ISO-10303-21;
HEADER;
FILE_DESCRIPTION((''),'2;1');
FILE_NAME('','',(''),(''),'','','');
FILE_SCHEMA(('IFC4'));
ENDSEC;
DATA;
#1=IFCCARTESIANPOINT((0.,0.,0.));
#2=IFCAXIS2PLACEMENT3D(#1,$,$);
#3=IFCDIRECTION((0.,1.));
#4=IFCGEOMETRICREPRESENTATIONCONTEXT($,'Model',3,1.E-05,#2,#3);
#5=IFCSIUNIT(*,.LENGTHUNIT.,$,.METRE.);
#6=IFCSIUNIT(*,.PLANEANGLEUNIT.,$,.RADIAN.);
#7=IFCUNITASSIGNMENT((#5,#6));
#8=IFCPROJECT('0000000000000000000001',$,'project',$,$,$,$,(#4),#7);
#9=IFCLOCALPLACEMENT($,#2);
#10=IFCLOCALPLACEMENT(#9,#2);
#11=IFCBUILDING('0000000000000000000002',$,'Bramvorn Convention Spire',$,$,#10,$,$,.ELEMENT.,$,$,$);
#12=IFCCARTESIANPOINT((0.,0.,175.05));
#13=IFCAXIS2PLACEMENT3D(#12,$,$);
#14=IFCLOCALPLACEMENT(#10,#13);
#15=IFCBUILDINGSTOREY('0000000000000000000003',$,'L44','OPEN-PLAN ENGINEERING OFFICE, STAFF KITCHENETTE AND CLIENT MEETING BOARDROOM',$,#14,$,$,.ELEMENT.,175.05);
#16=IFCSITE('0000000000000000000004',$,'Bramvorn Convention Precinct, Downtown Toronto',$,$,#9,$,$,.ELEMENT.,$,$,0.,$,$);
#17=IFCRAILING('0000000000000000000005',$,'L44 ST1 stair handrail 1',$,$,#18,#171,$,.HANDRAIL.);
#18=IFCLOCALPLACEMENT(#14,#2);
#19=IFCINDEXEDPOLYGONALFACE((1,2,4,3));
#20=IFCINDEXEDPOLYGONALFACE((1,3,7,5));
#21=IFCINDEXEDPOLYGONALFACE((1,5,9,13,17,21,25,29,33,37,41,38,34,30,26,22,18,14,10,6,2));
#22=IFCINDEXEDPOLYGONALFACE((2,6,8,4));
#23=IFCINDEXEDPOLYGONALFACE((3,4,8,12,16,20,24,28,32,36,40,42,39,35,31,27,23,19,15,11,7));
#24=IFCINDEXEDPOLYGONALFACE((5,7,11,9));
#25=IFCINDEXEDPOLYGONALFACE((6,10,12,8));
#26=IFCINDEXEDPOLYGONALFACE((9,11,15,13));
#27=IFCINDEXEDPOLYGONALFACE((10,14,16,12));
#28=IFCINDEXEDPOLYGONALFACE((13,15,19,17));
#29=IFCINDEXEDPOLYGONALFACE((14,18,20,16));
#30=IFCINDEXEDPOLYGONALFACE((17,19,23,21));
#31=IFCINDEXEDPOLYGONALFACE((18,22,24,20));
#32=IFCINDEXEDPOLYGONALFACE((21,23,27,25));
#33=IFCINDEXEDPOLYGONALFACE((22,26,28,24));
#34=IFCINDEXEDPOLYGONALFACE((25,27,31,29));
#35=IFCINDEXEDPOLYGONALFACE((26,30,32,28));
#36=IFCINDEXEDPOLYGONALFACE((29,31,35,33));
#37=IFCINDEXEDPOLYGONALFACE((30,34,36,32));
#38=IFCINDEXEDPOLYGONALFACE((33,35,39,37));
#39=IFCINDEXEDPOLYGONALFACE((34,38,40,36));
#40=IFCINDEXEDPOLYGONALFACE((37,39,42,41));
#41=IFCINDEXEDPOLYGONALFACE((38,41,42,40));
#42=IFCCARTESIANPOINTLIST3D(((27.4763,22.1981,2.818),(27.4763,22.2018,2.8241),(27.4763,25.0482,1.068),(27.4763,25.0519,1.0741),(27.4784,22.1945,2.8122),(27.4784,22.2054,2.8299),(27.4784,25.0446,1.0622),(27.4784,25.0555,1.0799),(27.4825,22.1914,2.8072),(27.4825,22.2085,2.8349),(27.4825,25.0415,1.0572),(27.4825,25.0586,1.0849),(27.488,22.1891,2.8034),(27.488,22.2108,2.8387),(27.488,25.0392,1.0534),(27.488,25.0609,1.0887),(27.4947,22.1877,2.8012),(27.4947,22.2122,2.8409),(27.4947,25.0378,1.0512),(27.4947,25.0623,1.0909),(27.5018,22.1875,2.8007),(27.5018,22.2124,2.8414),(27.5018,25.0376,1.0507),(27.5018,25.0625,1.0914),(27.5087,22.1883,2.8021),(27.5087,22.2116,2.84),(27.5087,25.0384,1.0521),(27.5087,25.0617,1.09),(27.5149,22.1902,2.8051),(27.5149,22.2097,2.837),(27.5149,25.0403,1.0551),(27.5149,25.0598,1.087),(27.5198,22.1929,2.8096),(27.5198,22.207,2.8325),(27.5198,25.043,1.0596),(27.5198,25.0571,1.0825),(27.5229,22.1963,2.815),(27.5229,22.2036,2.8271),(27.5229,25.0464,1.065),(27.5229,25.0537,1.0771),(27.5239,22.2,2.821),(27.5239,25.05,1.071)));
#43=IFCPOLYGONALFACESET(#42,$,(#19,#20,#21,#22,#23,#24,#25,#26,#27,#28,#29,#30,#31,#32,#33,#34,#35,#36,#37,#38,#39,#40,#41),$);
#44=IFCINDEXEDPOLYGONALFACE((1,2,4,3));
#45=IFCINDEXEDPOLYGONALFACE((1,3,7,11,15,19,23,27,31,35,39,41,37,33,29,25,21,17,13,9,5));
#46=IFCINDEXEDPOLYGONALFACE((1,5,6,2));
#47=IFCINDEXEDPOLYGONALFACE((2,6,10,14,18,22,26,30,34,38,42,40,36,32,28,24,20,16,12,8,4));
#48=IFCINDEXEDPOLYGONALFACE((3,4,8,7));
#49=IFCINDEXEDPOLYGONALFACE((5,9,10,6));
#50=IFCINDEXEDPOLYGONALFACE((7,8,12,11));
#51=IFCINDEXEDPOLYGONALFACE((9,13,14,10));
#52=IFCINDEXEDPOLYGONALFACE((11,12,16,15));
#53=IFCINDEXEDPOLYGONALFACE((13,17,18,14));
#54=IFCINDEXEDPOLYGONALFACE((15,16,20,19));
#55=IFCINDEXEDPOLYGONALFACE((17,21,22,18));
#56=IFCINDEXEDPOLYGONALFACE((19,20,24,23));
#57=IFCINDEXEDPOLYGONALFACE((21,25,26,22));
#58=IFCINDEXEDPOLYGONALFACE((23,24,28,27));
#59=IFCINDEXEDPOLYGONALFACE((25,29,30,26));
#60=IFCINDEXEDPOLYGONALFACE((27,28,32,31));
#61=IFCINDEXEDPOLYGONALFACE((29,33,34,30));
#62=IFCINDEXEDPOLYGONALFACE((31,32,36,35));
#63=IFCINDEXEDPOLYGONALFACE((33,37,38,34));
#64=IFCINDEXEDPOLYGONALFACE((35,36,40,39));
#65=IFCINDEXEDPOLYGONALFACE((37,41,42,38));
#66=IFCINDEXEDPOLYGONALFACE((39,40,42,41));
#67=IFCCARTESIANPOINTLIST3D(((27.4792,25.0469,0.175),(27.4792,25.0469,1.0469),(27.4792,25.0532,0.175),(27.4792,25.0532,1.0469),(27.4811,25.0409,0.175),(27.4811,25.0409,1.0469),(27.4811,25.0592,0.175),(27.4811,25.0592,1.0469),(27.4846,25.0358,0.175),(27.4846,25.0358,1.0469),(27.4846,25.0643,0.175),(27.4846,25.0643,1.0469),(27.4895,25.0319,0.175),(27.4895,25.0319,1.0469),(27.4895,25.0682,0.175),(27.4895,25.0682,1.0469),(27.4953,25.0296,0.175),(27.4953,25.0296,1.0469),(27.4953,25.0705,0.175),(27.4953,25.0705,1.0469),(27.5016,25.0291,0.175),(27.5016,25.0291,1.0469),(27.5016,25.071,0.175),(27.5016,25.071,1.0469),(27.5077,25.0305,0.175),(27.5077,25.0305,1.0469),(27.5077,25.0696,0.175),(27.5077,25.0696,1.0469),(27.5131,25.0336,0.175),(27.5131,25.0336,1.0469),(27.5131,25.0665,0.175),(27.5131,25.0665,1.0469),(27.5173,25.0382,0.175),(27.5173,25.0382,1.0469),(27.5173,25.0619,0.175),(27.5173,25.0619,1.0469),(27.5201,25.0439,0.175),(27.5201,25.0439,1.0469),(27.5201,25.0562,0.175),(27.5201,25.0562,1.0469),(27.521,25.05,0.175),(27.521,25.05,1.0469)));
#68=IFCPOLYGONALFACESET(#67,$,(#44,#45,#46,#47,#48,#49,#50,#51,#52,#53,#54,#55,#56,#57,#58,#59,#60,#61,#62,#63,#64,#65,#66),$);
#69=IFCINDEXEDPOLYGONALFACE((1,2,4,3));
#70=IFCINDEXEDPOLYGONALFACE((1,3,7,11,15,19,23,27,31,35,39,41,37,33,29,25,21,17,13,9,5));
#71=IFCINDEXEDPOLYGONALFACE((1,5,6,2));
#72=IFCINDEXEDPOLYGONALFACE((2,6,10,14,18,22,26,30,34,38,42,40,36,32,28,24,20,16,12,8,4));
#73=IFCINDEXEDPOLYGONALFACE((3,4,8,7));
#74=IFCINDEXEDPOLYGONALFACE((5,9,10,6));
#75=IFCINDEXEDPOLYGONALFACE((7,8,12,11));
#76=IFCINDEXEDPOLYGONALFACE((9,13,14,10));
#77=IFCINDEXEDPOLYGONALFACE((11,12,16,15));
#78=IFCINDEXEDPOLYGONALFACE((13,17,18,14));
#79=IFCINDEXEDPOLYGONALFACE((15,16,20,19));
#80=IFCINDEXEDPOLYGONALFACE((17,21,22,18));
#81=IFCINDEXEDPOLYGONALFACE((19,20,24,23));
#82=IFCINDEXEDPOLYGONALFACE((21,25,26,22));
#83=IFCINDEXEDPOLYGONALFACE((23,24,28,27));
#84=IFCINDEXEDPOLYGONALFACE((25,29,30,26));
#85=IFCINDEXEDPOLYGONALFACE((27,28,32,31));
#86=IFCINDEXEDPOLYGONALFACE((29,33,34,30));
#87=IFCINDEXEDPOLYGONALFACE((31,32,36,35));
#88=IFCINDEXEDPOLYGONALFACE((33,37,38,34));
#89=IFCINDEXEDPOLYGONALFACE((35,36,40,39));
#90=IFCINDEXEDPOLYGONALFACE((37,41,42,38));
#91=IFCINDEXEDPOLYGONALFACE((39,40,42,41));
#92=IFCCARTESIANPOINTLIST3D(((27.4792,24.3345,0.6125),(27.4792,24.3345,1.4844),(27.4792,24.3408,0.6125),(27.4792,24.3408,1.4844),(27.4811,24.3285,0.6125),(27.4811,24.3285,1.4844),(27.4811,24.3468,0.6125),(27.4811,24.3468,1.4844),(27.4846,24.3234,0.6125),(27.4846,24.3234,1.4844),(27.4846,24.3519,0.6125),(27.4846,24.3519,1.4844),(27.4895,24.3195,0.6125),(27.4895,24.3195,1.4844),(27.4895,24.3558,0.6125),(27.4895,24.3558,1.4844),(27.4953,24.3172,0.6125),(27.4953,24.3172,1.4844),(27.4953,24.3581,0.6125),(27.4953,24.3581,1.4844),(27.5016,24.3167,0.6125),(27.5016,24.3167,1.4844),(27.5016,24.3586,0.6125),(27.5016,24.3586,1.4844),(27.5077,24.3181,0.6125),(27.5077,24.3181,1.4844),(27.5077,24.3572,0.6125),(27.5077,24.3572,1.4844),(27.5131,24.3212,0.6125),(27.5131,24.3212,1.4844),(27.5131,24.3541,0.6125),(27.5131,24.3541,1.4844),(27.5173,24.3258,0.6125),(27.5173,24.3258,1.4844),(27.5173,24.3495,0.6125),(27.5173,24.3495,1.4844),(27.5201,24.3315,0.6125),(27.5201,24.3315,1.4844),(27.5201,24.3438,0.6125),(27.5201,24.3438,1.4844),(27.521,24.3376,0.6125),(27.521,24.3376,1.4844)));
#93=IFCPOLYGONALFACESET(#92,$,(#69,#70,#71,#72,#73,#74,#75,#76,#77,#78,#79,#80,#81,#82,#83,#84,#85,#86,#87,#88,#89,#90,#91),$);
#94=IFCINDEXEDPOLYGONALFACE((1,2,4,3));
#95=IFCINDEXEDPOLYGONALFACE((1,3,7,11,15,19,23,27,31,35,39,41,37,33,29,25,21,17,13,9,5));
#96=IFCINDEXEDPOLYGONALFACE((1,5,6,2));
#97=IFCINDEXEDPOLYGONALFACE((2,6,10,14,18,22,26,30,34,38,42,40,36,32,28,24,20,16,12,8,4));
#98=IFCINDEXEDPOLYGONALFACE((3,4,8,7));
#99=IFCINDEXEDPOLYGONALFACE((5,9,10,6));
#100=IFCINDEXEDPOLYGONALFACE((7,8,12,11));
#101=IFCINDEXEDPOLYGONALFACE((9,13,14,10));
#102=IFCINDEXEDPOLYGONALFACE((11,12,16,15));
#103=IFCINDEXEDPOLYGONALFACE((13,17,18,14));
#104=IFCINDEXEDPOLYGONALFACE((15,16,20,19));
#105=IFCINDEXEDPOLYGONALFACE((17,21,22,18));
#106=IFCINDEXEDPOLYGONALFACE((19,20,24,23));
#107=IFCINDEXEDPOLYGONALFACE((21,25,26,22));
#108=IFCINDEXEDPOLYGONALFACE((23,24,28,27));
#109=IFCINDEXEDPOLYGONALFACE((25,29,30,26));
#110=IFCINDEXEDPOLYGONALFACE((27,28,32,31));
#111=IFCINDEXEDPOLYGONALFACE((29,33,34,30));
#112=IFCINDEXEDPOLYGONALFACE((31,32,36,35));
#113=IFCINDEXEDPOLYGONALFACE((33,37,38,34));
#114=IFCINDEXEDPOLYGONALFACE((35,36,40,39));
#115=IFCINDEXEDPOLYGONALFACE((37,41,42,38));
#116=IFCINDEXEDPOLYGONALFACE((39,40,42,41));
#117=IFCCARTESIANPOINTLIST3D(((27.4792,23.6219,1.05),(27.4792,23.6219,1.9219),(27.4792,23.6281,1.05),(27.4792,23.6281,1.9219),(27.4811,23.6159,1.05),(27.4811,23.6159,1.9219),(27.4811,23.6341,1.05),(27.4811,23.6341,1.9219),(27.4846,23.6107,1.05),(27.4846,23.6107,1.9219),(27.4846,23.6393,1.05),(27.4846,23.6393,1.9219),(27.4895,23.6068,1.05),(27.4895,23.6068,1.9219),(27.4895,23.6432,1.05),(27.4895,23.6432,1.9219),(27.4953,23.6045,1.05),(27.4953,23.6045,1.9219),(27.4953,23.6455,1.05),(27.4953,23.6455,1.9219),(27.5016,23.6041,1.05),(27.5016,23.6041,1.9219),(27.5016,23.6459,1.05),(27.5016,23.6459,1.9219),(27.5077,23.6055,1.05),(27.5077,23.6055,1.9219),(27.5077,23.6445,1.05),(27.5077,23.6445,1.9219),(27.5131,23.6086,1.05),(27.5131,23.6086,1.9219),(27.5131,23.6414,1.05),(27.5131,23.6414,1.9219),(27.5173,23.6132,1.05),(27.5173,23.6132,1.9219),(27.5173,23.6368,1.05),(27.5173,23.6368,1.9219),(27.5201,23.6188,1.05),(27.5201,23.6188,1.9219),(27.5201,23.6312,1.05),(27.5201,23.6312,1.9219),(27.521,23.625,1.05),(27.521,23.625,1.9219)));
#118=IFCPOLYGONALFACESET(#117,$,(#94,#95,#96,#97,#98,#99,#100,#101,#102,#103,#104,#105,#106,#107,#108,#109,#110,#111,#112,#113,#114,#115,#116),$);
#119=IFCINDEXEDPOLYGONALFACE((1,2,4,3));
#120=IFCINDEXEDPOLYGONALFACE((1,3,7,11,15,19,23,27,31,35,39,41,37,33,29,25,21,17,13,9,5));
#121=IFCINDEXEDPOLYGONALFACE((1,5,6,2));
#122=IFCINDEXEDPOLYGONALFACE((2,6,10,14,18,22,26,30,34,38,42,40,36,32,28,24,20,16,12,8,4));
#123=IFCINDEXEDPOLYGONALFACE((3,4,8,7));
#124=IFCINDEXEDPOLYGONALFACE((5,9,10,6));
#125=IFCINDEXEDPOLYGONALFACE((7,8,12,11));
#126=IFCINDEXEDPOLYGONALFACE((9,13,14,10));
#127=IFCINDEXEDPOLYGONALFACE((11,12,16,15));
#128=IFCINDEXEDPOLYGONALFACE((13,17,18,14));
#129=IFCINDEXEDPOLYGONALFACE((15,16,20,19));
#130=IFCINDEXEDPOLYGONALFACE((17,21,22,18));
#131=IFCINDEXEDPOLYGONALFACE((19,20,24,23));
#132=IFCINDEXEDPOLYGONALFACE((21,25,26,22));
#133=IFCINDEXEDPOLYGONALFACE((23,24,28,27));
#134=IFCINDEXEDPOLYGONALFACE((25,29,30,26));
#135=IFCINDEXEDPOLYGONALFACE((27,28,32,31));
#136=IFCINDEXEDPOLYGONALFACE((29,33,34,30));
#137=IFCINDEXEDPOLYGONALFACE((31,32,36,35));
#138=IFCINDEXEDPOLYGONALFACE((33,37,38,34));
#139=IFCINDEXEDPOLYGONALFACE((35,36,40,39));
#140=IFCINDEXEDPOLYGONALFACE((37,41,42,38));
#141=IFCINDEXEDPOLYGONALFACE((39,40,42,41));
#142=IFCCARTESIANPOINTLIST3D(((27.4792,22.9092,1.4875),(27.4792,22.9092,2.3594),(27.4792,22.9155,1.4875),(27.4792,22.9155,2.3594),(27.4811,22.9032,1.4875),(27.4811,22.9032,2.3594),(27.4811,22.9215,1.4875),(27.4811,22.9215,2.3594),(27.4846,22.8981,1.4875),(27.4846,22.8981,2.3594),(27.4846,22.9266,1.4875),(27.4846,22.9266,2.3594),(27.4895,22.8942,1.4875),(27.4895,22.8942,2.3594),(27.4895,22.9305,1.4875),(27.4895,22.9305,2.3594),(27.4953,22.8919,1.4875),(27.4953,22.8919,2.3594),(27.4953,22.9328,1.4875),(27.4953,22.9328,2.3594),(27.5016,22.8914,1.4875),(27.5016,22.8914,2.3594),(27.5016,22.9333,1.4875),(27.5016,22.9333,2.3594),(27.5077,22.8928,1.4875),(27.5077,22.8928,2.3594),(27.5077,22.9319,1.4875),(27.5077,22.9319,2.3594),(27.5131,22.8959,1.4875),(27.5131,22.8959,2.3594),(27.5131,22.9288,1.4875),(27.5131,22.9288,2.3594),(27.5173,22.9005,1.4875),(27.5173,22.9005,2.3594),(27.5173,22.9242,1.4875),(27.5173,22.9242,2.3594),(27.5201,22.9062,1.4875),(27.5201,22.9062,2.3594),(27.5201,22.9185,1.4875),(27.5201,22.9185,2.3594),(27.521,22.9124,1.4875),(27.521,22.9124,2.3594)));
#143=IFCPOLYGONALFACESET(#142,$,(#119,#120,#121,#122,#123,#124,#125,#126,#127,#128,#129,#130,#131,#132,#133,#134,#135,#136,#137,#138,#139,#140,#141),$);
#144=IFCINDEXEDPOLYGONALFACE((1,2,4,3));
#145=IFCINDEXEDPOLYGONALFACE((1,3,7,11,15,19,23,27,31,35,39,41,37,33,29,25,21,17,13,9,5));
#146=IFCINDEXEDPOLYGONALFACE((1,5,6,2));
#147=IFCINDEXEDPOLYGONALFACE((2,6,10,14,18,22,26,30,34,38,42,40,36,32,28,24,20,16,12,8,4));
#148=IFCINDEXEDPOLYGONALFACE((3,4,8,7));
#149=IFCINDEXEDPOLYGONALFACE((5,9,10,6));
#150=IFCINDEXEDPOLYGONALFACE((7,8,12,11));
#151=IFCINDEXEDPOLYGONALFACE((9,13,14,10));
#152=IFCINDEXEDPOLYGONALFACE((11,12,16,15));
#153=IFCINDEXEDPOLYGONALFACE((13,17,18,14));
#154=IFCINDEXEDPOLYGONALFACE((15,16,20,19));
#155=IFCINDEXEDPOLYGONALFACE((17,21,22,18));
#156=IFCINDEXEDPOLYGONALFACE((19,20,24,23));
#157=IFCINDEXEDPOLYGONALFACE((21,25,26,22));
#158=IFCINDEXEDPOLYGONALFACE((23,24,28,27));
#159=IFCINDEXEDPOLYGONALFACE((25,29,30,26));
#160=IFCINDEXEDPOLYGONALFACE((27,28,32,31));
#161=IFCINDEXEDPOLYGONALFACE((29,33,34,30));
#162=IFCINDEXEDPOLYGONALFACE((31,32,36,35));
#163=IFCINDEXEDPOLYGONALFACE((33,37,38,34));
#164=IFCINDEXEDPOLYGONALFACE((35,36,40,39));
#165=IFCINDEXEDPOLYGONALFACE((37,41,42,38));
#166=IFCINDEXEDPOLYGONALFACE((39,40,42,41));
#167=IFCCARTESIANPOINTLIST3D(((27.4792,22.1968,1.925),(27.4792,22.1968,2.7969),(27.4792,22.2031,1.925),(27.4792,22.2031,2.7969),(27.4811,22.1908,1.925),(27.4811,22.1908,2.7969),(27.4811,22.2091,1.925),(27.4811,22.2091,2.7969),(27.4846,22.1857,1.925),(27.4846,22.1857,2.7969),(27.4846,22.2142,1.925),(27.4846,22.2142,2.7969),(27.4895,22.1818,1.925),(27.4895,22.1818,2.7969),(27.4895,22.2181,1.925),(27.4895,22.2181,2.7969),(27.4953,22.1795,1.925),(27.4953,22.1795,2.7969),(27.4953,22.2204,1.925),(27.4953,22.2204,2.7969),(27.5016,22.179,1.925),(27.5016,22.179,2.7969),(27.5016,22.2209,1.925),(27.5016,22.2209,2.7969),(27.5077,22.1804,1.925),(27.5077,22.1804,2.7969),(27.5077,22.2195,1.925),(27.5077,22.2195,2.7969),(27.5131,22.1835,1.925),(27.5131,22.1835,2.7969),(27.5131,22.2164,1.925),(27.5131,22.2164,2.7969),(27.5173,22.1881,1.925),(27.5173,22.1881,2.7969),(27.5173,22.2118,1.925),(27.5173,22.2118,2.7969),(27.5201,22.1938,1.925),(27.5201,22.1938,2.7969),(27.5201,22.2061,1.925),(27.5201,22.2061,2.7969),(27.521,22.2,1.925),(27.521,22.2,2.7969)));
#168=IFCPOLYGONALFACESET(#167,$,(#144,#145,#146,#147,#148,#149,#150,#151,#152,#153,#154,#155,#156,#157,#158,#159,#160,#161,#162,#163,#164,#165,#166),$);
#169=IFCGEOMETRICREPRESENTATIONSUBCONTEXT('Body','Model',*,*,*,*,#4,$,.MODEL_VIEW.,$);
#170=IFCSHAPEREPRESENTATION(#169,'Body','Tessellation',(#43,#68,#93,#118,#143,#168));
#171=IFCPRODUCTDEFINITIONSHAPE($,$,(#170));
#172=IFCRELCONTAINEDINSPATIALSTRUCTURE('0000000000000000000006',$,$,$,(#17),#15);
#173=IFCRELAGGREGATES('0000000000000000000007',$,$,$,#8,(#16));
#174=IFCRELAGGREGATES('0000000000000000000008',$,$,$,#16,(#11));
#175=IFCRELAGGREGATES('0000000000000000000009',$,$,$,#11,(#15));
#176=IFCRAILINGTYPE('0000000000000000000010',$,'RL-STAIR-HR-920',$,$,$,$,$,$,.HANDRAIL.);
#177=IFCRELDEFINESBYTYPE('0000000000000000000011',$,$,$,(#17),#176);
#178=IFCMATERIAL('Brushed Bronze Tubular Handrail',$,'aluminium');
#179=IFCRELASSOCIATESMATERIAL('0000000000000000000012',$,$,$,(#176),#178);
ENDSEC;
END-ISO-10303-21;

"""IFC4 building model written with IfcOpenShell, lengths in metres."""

from ifc_helpers import new_model, si_unit, direction, frame, origin, origin_2d, place, context, subcontext, project, spatial, circle, extrude, material, type_object, element, save


model = new_model("IFC4")

# Units and contexts
model_context = context("Model", 3, precision=1e-05, world=origin(), true_north=direction((0.0, 1.0)))
body_context = subcontext(model_context, "Body", "Model", "MODEL_VIEW")
ifc_project = project(units=[si_unit("LENGTHUNIT", "METRE"), si_unit("PLANEANGLEUNIT", "RADIAN")], contexts=[model_context])

# Site, building, storey
site_placement = place(None, origin())
site = spatial("IfcSite", under=ifc_project, at=site_placement, Name="Bramvorn Convention Precinct, Downtown Toronto", CompositionType="ELEMENT", RefElevation=0.0)
building_placement = place(site_placement, origin())
building = spatial("IfcBuilding", under=site, at=building_placement, Name="Bramvorn Convention Spire", CompositionType="ELEMENT")
storey_placement = place(building_placement, frame((0.0, 0.0, 175.05)))
storey = spatial("IfcBuildingStorey", under=building, at=storey_placement, Name="L44", Description="OPEN-PLAN ENGINEERING OFFICE, STAFF KITCHENETTE AND CLIENT MEETING BOARDROOM", CompositionType="ELEMENT", Elevation=175.05)

# Railing
ifc_material_1 = material(Name="Brushed Bronze Tubular Handrail", Category="aluminium")
railing_type_1 = type_object("IfcRailingType", Name="RL-STAIR-HR-920", PredefinedType="HANDRAIL", material=ifc_material_1)
railing_1_placement = place(storey_placement, frame((27.5, 25.05, 0.175)))
element("IfcRailing", 1, at=railing_1_placement, inside=storey, type_object=railing_type_1, Name="L44 ST1 stair handrail 1", PredefinedType="HANDRAIL", context=body_context, shape_type="SweptSolid", body=[
    extrude(circle(Radius=0.0239, at=origin_2d()), frame((0.0, 0.0, 0.896), z_axis=(0.0, -0.852179, 0.52325), x_axis=(1.0, 0.0, 0.0)), (0.0, 0.0, 1.0), 3.3445),
    extrude(circle(Radius=0.021, at=origin_2d()), origin(), (0.0, 0.0, 1.0), 0.8718),
    extrude(circle(Radius=0.021, at=origin_2d()), frame((0.0, -0.7124, 0.4375)), (0.0, 0.0, 1.0), 0.8718),
    extrude(circle(Radius=0.021, at=origin_2d()), frame((0.0, -1.425, 0.875)), (0.0, 0.0, 1.0), 0.8718),
    extrude(circle(Radius=0.021, at=origin_2d()), frame((0.0, -2.1377, 1.3125)), (0.0, 0.0, 1.0), 0.8718),
    extrude(circle(Radius=0.021, at=origin_2d()), frame((0.0, -2.8501, 1.75)), (0.0, 0.0, 1.0), 0.8718),
])

save(model, "model.ifc")
